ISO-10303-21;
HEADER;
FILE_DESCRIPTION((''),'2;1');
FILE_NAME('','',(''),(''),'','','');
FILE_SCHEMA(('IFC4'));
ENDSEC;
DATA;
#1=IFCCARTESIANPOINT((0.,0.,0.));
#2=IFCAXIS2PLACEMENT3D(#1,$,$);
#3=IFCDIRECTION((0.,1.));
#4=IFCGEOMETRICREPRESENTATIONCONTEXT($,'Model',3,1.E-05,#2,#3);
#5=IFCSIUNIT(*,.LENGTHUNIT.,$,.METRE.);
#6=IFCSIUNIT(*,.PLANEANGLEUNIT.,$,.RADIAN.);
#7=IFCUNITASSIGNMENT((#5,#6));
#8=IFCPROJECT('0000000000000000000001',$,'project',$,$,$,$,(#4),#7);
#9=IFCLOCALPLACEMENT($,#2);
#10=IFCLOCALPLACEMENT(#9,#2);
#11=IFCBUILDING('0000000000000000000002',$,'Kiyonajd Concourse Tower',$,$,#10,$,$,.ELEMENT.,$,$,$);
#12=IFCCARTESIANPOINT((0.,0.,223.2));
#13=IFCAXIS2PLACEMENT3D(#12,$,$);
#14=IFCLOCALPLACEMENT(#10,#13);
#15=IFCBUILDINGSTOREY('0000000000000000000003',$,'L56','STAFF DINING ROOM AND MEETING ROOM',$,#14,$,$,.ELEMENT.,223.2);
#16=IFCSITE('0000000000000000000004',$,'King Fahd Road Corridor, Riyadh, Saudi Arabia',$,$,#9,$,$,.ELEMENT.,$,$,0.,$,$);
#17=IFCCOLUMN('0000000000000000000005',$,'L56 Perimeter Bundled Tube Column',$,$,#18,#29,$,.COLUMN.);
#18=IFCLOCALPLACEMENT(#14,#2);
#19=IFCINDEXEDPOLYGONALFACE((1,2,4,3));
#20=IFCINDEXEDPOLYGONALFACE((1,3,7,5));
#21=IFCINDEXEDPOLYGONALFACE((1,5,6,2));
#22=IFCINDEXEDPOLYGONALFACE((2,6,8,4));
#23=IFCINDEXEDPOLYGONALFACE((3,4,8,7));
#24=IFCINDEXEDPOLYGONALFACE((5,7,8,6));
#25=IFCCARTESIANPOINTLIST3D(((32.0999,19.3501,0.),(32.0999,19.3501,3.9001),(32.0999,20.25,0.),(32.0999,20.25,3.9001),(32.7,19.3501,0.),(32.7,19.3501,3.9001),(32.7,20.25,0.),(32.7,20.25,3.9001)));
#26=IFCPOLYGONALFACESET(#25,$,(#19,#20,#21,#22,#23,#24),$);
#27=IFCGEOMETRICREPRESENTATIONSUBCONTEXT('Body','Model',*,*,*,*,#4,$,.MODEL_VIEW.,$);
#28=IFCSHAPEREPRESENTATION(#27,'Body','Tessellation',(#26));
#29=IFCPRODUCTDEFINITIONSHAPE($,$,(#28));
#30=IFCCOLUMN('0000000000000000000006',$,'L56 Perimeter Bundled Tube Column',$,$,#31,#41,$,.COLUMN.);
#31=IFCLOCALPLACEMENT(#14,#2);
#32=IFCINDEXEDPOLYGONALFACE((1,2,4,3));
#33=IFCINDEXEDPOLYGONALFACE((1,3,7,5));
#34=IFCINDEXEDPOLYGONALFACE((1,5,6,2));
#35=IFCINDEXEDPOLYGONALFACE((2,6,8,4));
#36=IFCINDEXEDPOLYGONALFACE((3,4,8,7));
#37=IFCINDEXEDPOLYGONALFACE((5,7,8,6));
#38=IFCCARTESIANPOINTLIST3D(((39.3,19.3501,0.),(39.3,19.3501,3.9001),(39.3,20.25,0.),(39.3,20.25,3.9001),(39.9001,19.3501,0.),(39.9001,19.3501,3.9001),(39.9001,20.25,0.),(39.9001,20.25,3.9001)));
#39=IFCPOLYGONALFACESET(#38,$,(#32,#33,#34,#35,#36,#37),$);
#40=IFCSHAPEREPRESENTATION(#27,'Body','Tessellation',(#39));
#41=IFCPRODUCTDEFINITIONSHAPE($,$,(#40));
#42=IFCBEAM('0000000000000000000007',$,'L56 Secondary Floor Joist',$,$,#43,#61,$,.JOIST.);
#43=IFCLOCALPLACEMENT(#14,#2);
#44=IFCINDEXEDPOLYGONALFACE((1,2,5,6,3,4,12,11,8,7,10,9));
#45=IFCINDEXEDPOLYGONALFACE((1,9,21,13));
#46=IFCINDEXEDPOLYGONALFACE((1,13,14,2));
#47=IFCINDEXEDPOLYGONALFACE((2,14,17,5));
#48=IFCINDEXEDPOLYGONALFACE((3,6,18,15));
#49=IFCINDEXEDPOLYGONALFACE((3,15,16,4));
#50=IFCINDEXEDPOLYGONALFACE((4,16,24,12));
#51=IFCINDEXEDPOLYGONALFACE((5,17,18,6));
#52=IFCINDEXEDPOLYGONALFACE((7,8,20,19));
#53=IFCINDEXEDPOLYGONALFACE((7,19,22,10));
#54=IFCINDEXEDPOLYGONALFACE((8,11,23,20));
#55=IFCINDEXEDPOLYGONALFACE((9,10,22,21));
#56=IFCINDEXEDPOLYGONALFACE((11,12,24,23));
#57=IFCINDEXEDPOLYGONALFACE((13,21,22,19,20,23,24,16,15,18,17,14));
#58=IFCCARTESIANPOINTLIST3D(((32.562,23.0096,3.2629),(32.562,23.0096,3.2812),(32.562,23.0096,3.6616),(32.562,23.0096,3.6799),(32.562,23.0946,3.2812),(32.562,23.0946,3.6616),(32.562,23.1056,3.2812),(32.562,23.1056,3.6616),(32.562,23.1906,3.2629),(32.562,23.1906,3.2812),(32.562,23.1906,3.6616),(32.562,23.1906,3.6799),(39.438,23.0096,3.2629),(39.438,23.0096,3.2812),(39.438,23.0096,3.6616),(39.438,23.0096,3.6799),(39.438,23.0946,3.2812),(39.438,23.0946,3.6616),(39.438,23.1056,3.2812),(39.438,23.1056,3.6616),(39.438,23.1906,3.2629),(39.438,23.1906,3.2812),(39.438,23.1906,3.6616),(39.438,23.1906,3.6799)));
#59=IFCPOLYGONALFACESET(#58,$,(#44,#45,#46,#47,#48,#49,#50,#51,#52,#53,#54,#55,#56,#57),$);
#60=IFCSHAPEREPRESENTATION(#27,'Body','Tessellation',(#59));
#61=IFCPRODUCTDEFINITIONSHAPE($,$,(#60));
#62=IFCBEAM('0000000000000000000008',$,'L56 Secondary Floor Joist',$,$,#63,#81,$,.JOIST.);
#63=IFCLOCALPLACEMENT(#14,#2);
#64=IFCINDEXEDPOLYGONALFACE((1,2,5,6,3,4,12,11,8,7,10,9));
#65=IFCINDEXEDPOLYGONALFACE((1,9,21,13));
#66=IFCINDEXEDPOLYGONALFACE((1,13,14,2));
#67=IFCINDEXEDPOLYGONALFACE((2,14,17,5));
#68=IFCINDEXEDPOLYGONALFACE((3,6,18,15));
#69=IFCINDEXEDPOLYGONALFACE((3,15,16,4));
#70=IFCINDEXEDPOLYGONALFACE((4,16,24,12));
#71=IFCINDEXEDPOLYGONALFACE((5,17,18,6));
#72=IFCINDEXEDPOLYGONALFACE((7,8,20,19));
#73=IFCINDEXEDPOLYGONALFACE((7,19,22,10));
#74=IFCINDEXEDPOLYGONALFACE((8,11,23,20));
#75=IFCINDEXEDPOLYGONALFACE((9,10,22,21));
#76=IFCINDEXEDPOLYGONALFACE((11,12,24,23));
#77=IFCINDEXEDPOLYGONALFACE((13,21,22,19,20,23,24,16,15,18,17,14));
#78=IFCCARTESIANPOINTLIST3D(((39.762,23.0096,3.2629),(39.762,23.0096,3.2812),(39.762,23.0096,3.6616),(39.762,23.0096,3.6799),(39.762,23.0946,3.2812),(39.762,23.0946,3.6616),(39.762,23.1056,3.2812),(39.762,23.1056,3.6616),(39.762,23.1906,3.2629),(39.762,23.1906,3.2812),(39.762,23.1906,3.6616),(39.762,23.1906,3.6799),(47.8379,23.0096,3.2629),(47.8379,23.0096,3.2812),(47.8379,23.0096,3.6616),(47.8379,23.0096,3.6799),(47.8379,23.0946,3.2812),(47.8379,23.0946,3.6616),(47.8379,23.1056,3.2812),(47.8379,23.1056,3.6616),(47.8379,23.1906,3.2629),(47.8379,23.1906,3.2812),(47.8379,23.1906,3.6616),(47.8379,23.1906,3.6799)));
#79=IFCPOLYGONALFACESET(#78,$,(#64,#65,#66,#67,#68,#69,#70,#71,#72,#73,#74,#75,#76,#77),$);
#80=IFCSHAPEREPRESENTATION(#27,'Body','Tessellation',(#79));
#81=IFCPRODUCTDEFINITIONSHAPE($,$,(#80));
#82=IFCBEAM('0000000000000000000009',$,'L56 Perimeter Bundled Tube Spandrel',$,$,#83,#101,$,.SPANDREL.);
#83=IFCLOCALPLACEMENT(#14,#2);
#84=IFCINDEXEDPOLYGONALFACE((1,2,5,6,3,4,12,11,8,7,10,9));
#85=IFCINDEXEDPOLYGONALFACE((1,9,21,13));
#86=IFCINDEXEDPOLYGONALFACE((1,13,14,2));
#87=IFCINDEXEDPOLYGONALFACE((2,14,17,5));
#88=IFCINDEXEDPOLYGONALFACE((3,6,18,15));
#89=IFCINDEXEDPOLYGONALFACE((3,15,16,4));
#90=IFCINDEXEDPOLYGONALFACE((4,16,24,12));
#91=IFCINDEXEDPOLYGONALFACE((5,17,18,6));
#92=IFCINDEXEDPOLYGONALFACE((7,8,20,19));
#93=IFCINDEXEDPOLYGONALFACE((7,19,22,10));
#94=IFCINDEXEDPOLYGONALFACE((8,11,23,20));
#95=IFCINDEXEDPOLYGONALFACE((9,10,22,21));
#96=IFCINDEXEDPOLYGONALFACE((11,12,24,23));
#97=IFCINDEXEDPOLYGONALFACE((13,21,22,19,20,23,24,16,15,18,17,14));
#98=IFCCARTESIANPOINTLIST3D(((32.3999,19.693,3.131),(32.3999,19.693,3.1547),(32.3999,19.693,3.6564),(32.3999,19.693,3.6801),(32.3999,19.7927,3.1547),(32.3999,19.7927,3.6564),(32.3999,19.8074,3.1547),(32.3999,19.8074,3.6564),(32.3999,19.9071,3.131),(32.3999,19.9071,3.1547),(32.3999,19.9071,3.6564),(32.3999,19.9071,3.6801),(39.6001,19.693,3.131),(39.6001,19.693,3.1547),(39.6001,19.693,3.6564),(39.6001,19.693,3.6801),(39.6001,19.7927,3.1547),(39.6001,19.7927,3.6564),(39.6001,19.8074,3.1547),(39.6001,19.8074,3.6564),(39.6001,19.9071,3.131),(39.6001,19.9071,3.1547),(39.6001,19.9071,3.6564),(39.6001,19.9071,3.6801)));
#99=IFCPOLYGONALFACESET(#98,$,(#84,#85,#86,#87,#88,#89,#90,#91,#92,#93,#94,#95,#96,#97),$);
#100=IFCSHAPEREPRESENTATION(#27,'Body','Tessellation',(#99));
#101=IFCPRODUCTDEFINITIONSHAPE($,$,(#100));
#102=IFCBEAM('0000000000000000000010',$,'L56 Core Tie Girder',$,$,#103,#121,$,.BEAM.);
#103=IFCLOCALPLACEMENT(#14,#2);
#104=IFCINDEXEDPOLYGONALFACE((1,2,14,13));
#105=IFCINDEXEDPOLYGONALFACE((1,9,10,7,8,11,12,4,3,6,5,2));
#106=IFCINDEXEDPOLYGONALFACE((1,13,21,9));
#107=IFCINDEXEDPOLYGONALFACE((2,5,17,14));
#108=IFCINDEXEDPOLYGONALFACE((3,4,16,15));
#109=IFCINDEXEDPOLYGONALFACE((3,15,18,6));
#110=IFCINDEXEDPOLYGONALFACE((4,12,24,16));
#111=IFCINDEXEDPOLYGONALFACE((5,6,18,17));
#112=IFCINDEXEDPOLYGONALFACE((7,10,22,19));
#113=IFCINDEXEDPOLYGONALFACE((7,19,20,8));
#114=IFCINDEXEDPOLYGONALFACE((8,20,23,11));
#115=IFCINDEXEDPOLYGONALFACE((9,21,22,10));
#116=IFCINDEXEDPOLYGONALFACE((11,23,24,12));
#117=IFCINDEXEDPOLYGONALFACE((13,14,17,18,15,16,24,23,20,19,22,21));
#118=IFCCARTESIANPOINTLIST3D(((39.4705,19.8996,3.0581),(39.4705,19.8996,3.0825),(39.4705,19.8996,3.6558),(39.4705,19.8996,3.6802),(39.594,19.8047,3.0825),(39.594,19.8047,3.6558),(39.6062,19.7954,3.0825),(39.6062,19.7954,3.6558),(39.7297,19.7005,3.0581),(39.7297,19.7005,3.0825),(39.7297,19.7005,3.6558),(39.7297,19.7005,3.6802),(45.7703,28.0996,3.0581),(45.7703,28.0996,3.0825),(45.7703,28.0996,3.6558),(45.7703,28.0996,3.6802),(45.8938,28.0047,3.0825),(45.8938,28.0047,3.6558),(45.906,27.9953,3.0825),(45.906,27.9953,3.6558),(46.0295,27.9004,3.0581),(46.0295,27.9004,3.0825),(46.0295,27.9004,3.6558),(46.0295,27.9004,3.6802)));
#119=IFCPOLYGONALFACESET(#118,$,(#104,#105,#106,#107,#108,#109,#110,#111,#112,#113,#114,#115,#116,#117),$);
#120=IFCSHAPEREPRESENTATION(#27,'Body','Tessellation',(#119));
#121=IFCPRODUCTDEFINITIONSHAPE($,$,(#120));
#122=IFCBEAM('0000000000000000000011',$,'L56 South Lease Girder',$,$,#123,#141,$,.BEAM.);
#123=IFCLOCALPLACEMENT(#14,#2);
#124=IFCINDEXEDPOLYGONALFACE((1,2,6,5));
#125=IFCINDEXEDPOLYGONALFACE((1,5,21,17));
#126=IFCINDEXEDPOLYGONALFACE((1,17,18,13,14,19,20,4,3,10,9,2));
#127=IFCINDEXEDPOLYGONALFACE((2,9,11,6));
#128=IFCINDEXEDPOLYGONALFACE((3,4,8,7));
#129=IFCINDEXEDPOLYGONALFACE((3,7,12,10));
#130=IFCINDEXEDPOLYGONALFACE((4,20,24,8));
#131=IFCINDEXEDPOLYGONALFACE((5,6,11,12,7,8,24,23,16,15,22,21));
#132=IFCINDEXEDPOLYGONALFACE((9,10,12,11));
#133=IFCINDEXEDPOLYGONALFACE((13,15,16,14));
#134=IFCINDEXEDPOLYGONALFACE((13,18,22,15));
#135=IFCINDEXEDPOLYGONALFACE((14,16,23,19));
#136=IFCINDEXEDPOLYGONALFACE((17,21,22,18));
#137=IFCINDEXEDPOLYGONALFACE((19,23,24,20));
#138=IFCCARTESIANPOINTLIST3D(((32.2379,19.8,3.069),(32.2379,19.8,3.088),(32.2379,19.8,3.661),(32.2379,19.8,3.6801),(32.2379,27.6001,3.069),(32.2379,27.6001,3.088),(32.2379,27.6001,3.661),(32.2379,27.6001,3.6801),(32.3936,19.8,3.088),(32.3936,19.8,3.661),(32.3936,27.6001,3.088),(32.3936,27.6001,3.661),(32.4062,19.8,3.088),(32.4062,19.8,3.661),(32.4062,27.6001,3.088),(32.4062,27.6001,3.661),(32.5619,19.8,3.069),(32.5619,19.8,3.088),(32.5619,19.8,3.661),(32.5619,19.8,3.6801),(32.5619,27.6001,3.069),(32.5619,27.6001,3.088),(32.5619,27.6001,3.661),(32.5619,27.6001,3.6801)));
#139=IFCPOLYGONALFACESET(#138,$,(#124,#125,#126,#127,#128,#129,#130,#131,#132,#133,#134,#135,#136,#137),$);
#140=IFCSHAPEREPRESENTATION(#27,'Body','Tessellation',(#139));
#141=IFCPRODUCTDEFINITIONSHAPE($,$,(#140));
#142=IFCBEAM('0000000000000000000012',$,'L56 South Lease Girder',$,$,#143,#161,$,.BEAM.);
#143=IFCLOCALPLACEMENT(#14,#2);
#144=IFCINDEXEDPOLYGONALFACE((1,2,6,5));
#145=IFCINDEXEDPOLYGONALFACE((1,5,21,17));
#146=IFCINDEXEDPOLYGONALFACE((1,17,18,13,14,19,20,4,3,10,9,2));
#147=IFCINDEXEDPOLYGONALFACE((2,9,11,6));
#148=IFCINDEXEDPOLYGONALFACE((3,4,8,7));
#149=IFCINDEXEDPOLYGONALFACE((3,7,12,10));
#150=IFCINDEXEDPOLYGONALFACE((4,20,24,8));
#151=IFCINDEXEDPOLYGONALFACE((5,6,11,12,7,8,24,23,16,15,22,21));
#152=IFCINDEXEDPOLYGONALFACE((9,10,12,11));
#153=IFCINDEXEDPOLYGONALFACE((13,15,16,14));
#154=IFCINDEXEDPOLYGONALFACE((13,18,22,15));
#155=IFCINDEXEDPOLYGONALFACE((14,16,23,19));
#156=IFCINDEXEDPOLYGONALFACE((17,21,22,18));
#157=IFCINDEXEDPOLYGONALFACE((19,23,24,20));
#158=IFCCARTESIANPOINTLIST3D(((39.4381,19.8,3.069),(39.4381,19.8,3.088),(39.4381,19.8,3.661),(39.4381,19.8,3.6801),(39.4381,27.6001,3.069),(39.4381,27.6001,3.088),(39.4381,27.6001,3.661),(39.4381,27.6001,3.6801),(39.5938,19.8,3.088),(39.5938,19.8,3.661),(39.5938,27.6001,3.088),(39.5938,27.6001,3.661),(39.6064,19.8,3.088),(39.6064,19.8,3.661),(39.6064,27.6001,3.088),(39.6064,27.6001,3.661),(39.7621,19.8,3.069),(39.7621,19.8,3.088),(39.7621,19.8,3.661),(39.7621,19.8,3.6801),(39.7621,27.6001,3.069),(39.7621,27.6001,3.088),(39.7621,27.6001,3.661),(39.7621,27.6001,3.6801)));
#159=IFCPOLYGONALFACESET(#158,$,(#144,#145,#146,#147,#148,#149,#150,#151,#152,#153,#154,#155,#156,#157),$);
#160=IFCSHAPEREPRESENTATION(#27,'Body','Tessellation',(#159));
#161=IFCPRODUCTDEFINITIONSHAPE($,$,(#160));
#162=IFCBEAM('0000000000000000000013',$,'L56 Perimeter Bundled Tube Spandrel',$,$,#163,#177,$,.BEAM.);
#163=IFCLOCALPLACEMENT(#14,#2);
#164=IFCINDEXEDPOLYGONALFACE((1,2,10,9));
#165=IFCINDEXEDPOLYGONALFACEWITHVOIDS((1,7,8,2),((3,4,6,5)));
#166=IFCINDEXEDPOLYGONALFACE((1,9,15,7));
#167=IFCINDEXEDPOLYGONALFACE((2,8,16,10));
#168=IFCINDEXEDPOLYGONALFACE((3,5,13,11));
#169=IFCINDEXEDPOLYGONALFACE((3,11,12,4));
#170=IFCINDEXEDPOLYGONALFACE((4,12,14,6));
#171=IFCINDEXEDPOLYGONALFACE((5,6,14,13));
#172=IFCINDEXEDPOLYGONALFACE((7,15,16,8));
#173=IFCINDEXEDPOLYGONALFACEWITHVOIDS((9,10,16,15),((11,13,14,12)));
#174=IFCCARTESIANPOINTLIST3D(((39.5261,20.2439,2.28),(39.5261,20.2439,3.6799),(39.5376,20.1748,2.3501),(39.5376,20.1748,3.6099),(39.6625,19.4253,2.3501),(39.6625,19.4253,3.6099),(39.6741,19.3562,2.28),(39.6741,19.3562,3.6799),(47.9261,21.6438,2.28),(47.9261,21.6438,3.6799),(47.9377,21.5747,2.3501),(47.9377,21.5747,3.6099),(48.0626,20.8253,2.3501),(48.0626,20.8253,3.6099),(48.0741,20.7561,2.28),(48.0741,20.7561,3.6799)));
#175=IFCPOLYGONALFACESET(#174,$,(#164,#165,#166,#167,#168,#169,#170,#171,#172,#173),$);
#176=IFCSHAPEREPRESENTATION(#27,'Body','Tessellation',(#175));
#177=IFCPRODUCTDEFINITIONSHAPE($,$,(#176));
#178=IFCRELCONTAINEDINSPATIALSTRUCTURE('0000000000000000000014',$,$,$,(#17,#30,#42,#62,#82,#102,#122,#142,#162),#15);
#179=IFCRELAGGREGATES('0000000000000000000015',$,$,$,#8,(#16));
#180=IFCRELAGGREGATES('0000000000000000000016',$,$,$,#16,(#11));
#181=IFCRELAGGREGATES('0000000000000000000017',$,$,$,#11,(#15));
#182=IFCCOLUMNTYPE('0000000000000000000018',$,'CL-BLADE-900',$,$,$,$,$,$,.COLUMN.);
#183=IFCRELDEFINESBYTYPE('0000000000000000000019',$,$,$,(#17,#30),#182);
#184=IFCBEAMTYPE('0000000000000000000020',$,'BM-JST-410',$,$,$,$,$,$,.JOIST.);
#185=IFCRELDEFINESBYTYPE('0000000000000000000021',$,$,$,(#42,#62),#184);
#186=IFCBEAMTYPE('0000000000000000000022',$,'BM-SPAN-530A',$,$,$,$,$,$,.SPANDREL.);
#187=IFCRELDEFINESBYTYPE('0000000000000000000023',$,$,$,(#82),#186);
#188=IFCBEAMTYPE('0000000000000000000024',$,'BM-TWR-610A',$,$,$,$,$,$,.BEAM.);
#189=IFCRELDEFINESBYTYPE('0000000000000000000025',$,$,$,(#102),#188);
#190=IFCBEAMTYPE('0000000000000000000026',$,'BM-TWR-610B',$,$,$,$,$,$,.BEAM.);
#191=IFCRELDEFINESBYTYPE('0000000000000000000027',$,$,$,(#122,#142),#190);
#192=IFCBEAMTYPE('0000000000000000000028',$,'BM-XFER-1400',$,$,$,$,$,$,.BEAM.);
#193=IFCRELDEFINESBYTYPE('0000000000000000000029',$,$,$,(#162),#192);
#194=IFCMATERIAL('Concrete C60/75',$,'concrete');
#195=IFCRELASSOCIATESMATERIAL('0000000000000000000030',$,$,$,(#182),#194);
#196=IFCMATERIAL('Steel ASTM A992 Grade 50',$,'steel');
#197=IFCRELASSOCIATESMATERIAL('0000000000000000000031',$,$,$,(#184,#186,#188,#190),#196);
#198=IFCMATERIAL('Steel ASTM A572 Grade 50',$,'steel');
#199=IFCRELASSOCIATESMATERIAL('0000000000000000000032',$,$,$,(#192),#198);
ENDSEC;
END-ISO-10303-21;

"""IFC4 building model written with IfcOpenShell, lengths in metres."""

from ifc_helpers import new_model, si_unit, direction, frame, origin, origin_2d, place, context, subcontext, project, spatial, rectangle, hollow_rectangle, i_section, extrude, material, material_profile, profile_set, type_object, element, save


model = new_model("IFC4")

# Units and contexts
model_context = context("Model", 3, precision=1e-05, world=origin(), true_north=direction((0.0, 1.0)))
body_context = subcontext(model_context, "Body", "Model", "MODEL_VIEW")
ifc_project = project(units=[si_unit("LENGTHUNIT", "METRE"), si_unit("PLANEANGLEUNIT", "RADIAN")], contexts=[model_context])

# Site, building, storey
site_placement = place(None, origin())
site = spatial("IfcSite", under=ifc_project, at=site_placement, Name="King Fahd Road Corridor, Riyadh, Saudi Arabia", CompositionType="ELEMENT", RefElevation=0.0)
building_placement = place(site_placement, origin())
building = spatial("IfcBuilding", under=site, at=building_placement, Name="Kiyonajd Concourse Tower", CompositionType="ELEMENT")
storey_placement = place(building_placement, frame((0.0, 0.0, 223.2)))
storey = spatial("IfcBuildingStorey", under=building, at=storey_placement, Name="L56", Description="STAFF DINING ROOM AND MEETING ROOM", CompositionType="ELEMENT", Elevation=223.2)

# Columns
ifc_material_1 = material(Name="Concrete C60/75", Category="concrete")
ifc_material_profile_1 = material_profile(ifc_material_1, rectangle(XDim=0.6001, YDim=0.8999, at=origin_2d()), Name="RC-900x600")
ifc_profile_set_1 = profile_set([ifc_material_profile_1], Name="Concrete C60/75")
column_type = type_object("IfcColumnType", Name="CL-BLADE-900", PredefinedType="COLUMN", material=ifc_profile_set_1)
for number, where, z_axis, x_axis, name in (
    (1, (32.3999, 19.8, 0.0), (0.0, 0.0, 1.0), (1.0, 0.0, 0.0), "L56 Perimeter Bundled Tube Column"),
    (2, (39.6001, 19.8, 0.0), (0.0, 0.0, 1.0), (1.0, 0.0, 0.0), "L56 Perimeter Bundled Tube Column"),
):
    element("IfcColumn", number, at=place(storey_placement, frame(where, z_axis=z_axis, x_axis=x_axis)), inside=storey, type_object=column_type, Name=name, PredefinedType="COLUMN", context=body_context, shape_type="SweptSolid", body=[
        extrude(rectangle(XDim=0.6001, YDim=0.8999, at=origin_2d()), origin(), (0.0, 0.0, 1.0), 3.9001),
    ])

# Beams
ifc_material_2 = material(Name="Steel ASTM A992 Grade 50", Category="steel")
ifc_material_profile_2 = material_profile(ifc_material_2, i_section(OverallWidth=0.1809, OverallDepth=0.417, WebThickness=0.011, FlangeThickness=0.0183, at=origin_2d()), Name="W410X85")
ifc_profile_set_2 = profile_set([ifc_material_profile_2], Name="Steel ASTM A992 Grade 50")
beam_type_1 = type_object("IfcBeamType", Name="BM-JST-410", PredefinedType="JOIST", material=ifc_profile_set_2)
beam_1_placement = place(storey_placement, frame((32.562, 23.1001, 3.4714), z_axis=(1.0, 0.0, 0.0), x_axis=(0.0, 1.0, 0.0)))
element("IfcBeam", 3, at=beam_1_placement, inside=storey, type_object=beam_type_1, Name="L56 Secondary Floor Joist", PredefinedType="JOIST", context=body_context, shape_type="SweptSolid", body=[
    extrude(i_section(OverallWidth=0.1809, OverallDepth=0.417, WebThickness=0.011, FlangeThickness=0.0183, at=origin_2d()), origin(), (0.0, 0.0, 1.0), 6.876),
])
beam_2_placement = place(storey_placement, frame((39.762, 23.1001, 3.4714), z_axis=(1.0, 0.0, 0.0), x_axis=(0.0, 1.0, 0.0)))
element("IfcBeam", 4, at=beam_2_placement, inside=storey, type_object=beam_type_1, Name="L56 Secondary Floor Joist", PredefinedType="JOIST", context=body_context, shape_type="SweptSolid", body=[
    extrude(i_section(OverallWidth=0.1809, OverallDepth=0.417, WebThickness=0.011, FlangeThickness=0.0183, at=origin_2d()), origin(), (0.0, 0.0, 1.0), 8.0759),
])
ifc_material_profile_3 = material_profile(ifc_material_2, i_section(OverallWidth=0.2141, OverallDepth=0.5491, WebThickness=0.0146, FlangeThickness=0.0237, at=origin_2d()), Name="W530X138")
ifc_profile_set_3 = profile_set([ifc_material_profile_3], Name="Steel ASTM A992 Grade 50")
beam_type_2 = type_object("IfcBeamType", Name="BM-SPAN-530A", PredefinedType="SPANDREL", material=ifc_profile_set_3)
beam_3_placement = place(storey_placement, frame((32.3999, 19.8, 3.4055), z_axis=(1.0, 0.0, 0.0), x_axis=(0.0, 1.0, 0.0)))
element("IfcBeam", 5, at=beam_3_placement, inside=storey, type_object=beam_type_2, Name="L56 Perimeter Bundled Tube Spandrel", PredefinedType="SPANDREL", context=body_context, shape_type="SweptSolid", body=[
    extrude(i_section(OverallWidth=0.2141, OverallDepth=0.5491, WebThickness=0.0146, FlangeThickness=0.0237, at=origin_2d()), origin(), (0.0, 0.0, 1.0), 7.2002),
])
ifc_material_profile_4 = material_profile(ifc_material_2, i_section(OverallWidth=0.3269, OverallDepth=0.6221, WebThickness=0.0154, FlangeThickness=0.0244, at=origin_2d()), Name="W610X195")
ifc_profile_set_4 = profile_set([ifc_material_profile_4], Name="Steel ASTM A992 Grade 50")
beam_type_3 = type_object("IfcBeamType", Name="BM-TWR-610A", PredefinedType="BEAM", material=ifc_profile_set_4)
beam_4_placement = place(storey_placement, frame((39.6001, 19.8, 3.3691), z_axis=(0.609234, 0.792991, 0.0), x_axis=(-0.792991, 0.609234, 0.0)))
element("IfcBeam", 6, at=beam_4_placement, inside=storey, type_object=beam_type_3, Name="L56 Core Tie Girder", PredefinedType="BEAM", context=body_context, shape_type="SweptSolid", body=[
    extrude(i_section(OverallWidth=0.3269, OverallDepth=0.6221, WebThickness=0.0154, FlangeThickness=0.0244, at=origin_2d()), origin(), (0.0, 0.0, 1.0), 10.3406),
])
ifc_material_profile_5 = material_profile(ifc_material_2, i_section(OverallWidth=0.324, OverallDepth=0.6111, WebThickness=0.0127, FlangeThickness=0.019, at=origin_2d()), Name="W610X155")
ifc_profile_set_5 = profile_set([ifc_material_profile_5], Name="Steel ASTM A992 Grade 50")
beam_type_4 = type_object("IfcBeamType", Name="BM-TWR-610B", PredefinedType="BEAM", material=ifc_profile_set_5)
for number, where, z_axis, x_axis, name in (
    (7, (32.3999, 19.8, 3.3745), (0.0, 1.0, 0.0), (-1.0, 0.0, 0.0), "L56 South Lease Girder"),
    (8, (39.6001, 19.8, 3.3745), (0.0, 1.0, 0.0), (-1.0, 0.0, 0.0), "L56 South Lease Girder"),
):
    element("IfcBeam", number, at=place(storey_placement, frame(where, z_axis=z_axis, x_axis=x_axis)), inside=storey, type_object=beam_type_4, Name=name, PredefinedType="BEAM", context=body_context, shape_type="SweptSolid", body=[
        extrude(i_section(OverallWidth=0.324, OverallDepth=0.6111, WebThickness=0.0127, FlangeThickness=0.019, at=origin_2d()), origin(), (0.0, 0.0, 1.0), 7.8),
    ])
ifc_material_3 = material(Name="Steel ASTM A572 Grade 50", Category="steel")
ifc_material_profile_6 = material_profile(ifc_material_3, hollow_rectangle(XDim=0.8999, YDim=1.3999, WallThickness=0.0701, at=origin_2d()), Name="BOX-1400x900x70")
ifc_profile_set_6 = profile_set([ifc_material_profile_6], Name="Steel ASTM A572 Grade 50")
beam_type_5 = type_object("IfcBeamType", Name="BM-XFER-1400", PredefinedType="BEAM", material=ifc_profile_set_6)
beam_5_placement = place(storey_placement, frame((39.6001, 19.8, 2.98), z_axis=(0.986395, 0.16439, 0.0), x_axis=(-0.16439, 0.986395, 0.0)))
element("IfcBeam", 9, at=beam_5_placement, inside=storey, type_object=beam_type_5, Name="L56 Perimeter Bundled Tube Spandrel", PredefinedType="BEAM", context=body_context, shape_type="SweptSolid", body=[
    extrude(hollow_rectangle(XDim=0.8999, YDim=1.3999, WallThickness=0.0701, at=origin_2d()), origin(), (0.0, 0.0, 1.0), 8.5159),
])

save(model, "model.ifc")
